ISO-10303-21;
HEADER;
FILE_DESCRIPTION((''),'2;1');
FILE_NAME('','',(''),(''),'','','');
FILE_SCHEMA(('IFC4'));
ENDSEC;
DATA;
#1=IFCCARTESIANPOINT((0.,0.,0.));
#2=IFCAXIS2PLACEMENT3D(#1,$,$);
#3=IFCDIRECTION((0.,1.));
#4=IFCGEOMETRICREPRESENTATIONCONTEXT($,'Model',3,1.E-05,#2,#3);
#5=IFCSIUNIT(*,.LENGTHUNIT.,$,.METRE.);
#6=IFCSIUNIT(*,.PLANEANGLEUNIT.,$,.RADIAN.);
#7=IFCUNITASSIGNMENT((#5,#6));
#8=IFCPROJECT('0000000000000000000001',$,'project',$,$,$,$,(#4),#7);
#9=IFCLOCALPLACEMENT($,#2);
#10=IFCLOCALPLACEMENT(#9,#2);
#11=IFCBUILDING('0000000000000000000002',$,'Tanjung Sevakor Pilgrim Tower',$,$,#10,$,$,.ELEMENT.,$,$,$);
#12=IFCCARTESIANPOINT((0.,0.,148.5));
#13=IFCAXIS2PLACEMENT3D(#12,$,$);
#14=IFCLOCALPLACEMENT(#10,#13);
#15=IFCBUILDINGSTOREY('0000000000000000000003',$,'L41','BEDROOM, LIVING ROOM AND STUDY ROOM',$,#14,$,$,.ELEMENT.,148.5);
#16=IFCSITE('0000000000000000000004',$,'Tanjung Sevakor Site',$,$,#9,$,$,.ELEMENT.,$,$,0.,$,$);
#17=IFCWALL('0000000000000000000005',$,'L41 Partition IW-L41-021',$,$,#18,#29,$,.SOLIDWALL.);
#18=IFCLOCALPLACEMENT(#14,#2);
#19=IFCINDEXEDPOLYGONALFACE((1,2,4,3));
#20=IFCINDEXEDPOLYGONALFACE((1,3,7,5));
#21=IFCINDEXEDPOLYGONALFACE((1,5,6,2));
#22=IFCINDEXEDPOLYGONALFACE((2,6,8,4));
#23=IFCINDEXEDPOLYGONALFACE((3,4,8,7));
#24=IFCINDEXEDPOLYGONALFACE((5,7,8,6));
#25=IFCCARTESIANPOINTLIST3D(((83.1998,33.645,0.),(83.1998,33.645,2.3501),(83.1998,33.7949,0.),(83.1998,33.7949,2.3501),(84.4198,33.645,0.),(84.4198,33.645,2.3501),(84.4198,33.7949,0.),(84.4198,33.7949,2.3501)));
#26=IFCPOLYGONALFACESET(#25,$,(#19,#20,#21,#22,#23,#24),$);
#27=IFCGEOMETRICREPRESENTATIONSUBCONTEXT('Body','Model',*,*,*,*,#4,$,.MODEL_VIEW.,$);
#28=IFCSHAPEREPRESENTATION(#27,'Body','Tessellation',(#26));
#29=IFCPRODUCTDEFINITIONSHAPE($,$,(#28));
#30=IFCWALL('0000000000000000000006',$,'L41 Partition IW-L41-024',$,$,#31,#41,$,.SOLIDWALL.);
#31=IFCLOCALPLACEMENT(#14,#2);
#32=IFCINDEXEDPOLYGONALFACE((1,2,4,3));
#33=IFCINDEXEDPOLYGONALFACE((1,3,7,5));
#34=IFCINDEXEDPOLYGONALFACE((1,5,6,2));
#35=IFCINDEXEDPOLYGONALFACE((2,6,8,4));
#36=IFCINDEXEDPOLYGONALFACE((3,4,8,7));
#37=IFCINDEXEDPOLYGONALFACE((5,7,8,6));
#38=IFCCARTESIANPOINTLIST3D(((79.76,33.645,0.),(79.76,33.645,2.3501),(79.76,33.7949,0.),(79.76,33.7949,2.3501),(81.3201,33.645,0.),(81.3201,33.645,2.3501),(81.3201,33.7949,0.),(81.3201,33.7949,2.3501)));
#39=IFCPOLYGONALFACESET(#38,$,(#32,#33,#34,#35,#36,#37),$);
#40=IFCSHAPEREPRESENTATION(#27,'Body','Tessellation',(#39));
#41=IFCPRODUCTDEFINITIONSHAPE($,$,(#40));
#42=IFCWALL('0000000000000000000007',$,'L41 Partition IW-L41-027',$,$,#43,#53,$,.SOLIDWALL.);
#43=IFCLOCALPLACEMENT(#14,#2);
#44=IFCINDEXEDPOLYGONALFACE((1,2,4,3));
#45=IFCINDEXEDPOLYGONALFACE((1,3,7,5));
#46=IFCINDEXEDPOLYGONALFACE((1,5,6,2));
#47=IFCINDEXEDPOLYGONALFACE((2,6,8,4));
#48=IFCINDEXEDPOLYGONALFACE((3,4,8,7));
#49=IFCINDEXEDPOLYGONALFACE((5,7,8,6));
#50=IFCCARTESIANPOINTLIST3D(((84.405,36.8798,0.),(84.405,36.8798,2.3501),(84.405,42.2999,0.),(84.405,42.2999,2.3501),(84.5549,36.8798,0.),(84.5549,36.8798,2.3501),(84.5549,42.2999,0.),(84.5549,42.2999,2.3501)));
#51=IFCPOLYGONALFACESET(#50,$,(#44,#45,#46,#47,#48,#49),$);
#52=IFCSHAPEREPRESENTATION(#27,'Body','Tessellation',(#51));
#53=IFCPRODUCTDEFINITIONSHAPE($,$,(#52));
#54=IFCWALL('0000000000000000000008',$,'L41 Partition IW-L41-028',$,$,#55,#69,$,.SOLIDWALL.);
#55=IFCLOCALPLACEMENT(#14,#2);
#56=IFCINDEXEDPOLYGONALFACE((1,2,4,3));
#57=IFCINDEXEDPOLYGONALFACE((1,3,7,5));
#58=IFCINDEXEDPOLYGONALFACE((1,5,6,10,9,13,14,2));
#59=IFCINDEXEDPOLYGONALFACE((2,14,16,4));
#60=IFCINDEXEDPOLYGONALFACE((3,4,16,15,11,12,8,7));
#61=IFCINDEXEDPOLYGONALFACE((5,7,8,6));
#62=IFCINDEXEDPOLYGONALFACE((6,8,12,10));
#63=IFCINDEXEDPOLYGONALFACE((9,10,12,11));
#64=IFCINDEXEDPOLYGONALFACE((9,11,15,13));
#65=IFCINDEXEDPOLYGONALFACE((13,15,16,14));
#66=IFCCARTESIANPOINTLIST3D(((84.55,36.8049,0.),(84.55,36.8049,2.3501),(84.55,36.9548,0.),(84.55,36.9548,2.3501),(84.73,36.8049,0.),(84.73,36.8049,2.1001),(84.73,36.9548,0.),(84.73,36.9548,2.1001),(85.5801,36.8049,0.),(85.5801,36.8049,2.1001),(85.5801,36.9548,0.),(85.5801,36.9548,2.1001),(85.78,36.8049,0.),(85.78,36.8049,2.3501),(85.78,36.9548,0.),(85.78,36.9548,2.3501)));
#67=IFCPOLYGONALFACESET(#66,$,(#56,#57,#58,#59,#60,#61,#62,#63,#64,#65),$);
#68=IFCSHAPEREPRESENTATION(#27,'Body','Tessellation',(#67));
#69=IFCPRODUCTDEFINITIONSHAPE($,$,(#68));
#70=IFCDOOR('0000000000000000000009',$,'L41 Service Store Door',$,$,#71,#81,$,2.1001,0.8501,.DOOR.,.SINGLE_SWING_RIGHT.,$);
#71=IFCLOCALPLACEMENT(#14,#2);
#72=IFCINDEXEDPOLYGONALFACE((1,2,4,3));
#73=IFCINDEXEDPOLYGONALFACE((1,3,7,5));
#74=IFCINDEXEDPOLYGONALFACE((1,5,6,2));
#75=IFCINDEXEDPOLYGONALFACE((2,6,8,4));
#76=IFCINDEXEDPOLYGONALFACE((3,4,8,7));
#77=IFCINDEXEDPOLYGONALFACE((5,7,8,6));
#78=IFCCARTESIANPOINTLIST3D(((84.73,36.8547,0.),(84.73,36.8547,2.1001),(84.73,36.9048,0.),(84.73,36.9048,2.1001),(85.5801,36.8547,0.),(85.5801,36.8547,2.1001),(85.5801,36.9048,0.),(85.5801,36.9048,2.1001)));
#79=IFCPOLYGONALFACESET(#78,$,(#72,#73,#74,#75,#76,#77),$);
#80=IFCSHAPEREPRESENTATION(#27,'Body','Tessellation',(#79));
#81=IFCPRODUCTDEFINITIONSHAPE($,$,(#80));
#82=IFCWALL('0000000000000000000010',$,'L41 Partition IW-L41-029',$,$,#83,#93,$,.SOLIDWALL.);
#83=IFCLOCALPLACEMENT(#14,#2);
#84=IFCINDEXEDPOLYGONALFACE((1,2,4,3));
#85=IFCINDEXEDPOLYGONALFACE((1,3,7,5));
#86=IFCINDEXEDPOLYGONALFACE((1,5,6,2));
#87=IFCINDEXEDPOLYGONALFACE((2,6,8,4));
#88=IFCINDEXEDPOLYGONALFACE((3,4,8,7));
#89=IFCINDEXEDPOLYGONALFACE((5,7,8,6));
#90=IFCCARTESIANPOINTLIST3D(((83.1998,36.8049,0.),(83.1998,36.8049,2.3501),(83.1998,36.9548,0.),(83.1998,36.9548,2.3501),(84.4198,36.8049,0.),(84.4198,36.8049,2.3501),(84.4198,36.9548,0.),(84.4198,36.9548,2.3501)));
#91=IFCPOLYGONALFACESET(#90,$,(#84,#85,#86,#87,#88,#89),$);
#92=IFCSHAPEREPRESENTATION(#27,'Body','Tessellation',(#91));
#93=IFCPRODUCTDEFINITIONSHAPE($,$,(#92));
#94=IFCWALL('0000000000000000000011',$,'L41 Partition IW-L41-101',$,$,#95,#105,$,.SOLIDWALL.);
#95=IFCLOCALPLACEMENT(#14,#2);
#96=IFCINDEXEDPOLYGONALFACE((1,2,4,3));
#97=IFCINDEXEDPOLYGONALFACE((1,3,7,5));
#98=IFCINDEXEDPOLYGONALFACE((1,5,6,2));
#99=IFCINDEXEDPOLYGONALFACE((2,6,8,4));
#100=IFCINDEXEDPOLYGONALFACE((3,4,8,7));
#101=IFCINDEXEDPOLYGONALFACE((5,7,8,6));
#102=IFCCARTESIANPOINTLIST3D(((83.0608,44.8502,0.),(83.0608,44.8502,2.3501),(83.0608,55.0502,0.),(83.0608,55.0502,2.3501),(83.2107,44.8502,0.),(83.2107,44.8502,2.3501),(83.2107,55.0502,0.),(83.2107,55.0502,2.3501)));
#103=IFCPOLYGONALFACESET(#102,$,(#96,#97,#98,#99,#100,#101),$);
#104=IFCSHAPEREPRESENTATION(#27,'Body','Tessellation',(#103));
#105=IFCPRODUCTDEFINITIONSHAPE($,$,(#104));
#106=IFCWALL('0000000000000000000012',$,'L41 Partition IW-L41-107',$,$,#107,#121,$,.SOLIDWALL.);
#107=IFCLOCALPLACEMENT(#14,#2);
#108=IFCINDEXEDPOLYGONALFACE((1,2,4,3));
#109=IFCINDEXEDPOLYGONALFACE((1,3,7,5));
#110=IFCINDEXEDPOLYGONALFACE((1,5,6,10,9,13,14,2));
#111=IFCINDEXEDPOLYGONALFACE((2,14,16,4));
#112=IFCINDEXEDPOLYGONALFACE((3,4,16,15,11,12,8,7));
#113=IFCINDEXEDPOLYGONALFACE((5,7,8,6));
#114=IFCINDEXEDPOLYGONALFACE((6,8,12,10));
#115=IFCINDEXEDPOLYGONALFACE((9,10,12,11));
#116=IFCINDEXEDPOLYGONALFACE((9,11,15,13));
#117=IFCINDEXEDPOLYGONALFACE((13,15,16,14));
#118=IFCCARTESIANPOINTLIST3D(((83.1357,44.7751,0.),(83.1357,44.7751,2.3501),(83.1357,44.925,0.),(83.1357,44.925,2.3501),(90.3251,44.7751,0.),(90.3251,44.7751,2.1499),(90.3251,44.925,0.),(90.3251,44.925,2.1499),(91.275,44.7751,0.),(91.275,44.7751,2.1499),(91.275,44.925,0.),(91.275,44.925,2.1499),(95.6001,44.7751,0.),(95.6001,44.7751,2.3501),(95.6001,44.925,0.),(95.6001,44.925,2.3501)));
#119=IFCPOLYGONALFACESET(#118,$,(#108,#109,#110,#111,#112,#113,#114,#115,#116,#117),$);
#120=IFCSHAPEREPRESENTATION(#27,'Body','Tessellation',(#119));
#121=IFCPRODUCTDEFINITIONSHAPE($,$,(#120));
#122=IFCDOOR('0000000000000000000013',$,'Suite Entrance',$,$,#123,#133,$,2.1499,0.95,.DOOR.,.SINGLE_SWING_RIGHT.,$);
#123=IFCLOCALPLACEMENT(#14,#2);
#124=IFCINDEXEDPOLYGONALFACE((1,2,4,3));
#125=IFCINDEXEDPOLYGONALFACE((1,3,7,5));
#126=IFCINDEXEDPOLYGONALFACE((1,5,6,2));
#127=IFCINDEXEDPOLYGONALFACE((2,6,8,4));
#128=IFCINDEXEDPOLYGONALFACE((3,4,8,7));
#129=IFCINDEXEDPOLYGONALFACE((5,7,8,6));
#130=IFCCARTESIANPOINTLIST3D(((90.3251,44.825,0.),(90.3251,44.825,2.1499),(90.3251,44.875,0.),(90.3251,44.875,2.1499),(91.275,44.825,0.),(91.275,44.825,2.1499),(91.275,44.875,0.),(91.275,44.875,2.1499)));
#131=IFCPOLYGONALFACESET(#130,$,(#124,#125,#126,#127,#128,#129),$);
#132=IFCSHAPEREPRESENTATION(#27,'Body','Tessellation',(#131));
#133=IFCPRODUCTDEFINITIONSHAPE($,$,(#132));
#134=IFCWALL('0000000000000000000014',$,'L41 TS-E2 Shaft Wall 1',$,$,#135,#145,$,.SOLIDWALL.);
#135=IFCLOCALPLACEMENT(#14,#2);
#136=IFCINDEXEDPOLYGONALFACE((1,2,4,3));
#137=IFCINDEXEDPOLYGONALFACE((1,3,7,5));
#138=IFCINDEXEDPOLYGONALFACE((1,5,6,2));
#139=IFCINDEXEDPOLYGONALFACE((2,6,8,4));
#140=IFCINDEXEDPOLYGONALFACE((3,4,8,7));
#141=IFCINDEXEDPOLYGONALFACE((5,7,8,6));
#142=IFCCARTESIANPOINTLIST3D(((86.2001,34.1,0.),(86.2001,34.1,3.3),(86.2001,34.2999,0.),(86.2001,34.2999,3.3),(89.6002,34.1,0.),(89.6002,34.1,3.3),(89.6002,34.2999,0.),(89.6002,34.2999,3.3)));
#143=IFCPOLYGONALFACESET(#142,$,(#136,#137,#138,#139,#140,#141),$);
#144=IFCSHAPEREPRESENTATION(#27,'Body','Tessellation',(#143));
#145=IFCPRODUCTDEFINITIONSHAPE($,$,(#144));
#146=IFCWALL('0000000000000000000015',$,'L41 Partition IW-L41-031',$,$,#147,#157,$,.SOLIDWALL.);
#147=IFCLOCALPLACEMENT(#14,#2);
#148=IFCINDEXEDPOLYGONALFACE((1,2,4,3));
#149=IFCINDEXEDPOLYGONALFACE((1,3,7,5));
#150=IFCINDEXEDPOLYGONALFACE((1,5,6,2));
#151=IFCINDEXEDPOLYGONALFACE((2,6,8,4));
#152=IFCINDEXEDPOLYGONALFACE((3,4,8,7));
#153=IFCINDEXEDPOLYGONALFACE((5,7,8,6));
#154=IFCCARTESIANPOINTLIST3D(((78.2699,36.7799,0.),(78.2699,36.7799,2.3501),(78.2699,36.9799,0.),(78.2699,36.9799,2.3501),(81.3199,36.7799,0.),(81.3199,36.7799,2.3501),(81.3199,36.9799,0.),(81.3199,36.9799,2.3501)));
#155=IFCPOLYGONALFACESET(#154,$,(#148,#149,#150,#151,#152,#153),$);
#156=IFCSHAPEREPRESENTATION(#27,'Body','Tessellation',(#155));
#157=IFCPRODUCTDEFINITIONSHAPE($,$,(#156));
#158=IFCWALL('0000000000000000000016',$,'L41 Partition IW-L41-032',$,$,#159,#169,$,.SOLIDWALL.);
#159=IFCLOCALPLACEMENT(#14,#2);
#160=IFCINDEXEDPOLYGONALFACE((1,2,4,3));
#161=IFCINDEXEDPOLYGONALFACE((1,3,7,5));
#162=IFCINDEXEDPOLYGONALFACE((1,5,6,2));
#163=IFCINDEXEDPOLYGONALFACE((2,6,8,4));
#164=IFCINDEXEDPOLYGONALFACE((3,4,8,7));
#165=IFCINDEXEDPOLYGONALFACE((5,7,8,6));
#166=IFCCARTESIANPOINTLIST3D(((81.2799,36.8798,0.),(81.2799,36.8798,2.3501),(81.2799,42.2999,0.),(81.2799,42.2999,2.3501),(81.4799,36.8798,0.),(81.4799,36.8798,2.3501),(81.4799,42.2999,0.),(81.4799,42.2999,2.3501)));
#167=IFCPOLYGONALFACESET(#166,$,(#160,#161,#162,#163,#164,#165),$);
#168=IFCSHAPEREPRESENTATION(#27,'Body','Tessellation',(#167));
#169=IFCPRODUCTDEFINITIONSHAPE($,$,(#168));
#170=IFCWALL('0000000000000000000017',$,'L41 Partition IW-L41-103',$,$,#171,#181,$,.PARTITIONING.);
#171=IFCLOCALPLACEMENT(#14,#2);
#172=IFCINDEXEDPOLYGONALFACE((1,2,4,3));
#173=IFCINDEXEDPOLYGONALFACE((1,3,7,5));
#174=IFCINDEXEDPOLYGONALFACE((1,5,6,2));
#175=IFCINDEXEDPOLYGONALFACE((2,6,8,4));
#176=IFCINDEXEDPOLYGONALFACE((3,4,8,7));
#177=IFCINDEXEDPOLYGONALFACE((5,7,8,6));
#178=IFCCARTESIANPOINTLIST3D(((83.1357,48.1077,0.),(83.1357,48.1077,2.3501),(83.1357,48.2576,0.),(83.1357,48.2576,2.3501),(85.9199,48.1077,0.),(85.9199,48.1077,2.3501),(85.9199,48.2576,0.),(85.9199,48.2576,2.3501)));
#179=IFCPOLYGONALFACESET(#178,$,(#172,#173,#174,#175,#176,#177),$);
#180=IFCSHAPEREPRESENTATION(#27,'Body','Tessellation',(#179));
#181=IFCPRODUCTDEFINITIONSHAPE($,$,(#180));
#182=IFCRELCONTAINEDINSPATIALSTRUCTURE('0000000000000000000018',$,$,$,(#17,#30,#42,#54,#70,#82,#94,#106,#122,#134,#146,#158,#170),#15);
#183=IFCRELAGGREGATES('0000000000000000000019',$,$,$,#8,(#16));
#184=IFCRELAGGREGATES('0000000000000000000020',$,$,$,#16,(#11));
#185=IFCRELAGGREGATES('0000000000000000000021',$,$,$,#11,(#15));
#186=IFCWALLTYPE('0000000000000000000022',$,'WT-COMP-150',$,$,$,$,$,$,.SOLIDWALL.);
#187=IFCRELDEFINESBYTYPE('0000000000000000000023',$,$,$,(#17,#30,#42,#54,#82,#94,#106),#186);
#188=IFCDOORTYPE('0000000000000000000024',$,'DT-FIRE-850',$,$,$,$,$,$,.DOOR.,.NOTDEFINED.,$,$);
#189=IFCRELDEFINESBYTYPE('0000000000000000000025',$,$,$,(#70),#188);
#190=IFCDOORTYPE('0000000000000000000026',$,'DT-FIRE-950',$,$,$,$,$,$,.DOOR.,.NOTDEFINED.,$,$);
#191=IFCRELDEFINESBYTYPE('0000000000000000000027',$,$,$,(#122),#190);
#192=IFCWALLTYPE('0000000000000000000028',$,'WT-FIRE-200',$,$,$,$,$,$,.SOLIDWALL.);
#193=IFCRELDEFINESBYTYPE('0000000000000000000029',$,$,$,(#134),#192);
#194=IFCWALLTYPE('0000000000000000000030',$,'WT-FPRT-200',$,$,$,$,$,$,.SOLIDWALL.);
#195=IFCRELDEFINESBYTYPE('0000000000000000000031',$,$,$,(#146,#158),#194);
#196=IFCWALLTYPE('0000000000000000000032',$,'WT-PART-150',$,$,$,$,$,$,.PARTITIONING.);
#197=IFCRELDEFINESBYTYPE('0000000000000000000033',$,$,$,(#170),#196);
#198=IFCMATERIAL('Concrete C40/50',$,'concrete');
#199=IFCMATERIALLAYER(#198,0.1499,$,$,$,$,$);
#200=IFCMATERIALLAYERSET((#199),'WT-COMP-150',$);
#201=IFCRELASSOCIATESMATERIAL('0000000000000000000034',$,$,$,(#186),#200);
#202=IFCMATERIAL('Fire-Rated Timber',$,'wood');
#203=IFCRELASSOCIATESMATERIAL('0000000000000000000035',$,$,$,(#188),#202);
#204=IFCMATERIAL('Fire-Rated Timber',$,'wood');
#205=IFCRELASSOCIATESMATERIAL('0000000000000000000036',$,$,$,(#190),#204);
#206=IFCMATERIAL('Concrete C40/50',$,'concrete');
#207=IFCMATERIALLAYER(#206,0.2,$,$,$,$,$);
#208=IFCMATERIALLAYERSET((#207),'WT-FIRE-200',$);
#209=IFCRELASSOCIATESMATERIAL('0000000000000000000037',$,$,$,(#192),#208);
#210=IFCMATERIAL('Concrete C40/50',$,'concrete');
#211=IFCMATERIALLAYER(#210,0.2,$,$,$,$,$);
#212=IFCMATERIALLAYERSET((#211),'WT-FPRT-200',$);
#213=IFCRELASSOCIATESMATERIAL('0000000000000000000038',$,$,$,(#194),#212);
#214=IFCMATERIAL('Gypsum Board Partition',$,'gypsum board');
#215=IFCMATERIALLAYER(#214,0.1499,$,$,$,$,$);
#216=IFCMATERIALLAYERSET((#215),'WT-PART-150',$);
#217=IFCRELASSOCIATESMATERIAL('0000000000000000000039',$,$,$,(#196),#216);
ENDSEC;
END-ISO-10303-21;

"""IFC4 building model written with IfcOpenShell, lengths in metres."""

from ifc_helpers import new_model, si_unit, direction, frame, frame_2d, origin, place, context, subcontext, project, spatial, rectangle, extrude, material, layer, layer_set, type_object, element, fill, save


model = new_model("IFC4")

# Units and contexts
model_context = context("Model", 3, precision=1e-05, world=origin(), true_north=direction((0.0, 1.0)))
body_context = subcontext(model_context, "Body", "Model", "MODEL_VIEW")
ifc_project = project(units=[si_unit("LENGTHUNIT", "METRE"), si_unit("PLANEANGLEUNIT", "RADIAN")], contexts=[model_context])

# Site, building, storey
site_placement = place(None, origin())
site = spatial("IfcSite", under=ifc_project, at=site_placement, Name="Tanjung Sevakor Site", CompositionType="ELEMENT", RefElevation=0.0)
building_placement = place(site_placement, origin())
building = spatial("IfcBuilding", under=site, at=building_placement, Name="Tanjung Sevakor Pilgrim Tower", CompositionType="ELEMENT")
storey_placement = place(building_placement, frame((0.0, 0.0, 148.5)))
storey = spatial("IfcBuildingStorey", under=building, at=storey_placement, Name="L41", Description="BEDROOM, LIVING ROOM AND STUDY ROOM", CompositionType="ELEMENT", Elevation=148.5)

# Shared definitions
ifc_material_1 = material(Name="Concrete C40/50", Category="concrete")
ifc_layer_1 = layer(ifc_material_1, 0.1499)
ifc_layer_set_1 = layer_set([ifc_layer_1], Name="WT-COMP-150")
wall_type_1 = type_object("IfcWallType", Name="WT-COMP-150", PredefinedType="SOLIDWALL", material=ifc_layer_set_1)
ifc_material_2 = material(Name="Fire-Rated Timber", Category="wood")
door_type_1 = type_object("IfcDoorType", Name="DT-FIRE-850", OperationType="NOTDEFINED", PredefinedType="DOOR", material=ifc_material_2)

# Walls
wall_1_placement = place(storey_placement, frame((83.2, 33.72, 0.0), z_axis=(0.0, 0.0, 1.0), x_axis=(1.0, 0.0, 0.0)))
element("IfcWall", 1, at=wall_1_placement, inside=storey, type_object=wall_type_1, Name="L41 Partition IW-L41-021", PredefinedType="SOLIDWALL", context=body_context, shape_type="SweptSolid", body=[
    extrude(rectangle(XDim=1.22, YDim=0.1499, at=frame_2d((0.6099, 0.0))), origin(), (0.0, 0.0, 1.0), 2.3501),
])
wall_2_placement = place(storey_placement, frame((79.76, 33.72, 0.0), z_axis=(0.0, 0.0, 1.0), x_axis=(1.0, 0.0, 0.0)))
element("IfcWall", 2, at=wall_2_placement, inside=storey, type_object=wall_type_1, Name="L41 Partition IW-L41-024", PredefinedType="SOLIDWALL", context=body_context, shape_type="SweptSolid", body=[
    extrude(rectangle(XDim=1.5601, YDim=0.1499, at=frame_2d((0.78, 0.0))), origin(), (0.0, 0.0, 1.0), 2.3501),
])
wall_3_placement = place(storey_placement, frame((84.48, 36.8799, 0.0), z_axis=(0.0, 0.0, 1.0), x_axis=(0.0, 1.0, 0.0)))
element("IfcWall", 3, at=wall_3_placement, inside=storey, type_object=wall_type_1, Name="L41 Partition IW-L41-027", PredefinedType="SOLIDWALL", context=body_context, shape_type="SweptSolid", body=[
    extrude(rectangle(XDim=5.4202, YDim=0.1499, at=frame_2d((2.71, 0.0))), origin(), (0.0, 0.0, 1.0), 2.3501),
])

# Wall, opening, door
wall_4_placement = place(storey_placement, frame((84.55, 36.8799, 0.0), z_axis=(0.0, 0.0, 1.0), x_axis=(1.0, 0.0, 0.0)))
wall_4 = element("IfcWall", 4, at=wall_4_placement, inside=storey, type_object=wall_type_1, Name="L41 Partition IW-L41-028", PredefinedType="SOLIDWALL", context=body_context, shape_type="SweptSolid", body=[
    extrude(rectangle(XDim=1.23, YDim=0.1499, at=frame_2d((0.615, 0.0))), origin(), (0.0, 0.0, 1.0), 2.3501),
])
opening_1_placement = place(wall_4_placement, frame((0.1799, 0.0, 0.0)))
opening_1 = element("IfcOpeningElement", 5, at=opening_1_placement, cuts=wall_4, PredefinedType="OPENING", context=body_context, shape_type="SweptSolid", body=[
    extrude(rectangle(XDim=0.8501, YDim=2.1001, at=frame_2d((0.425, 1.05))), frame((0.0, 0.085, 0.0), z_axis=(0.0, -1.0, 0.0), x_axis=(1.0, 0.0, 0.0)), (0.0, 0.0, 1.0), 0.1699),
])
door_1_placement = place(opening_1_placement, origin())
door_1 = element("IfcDoor", 6, at=door_1_placement, inside=storey, type_object=door_type_1, Name="L41 Service Store Door", OperationType="SINGLE_SWING_RIGHT", OverallHeight=2.1001, OverallWidth=0.8501, PredefinedType="DOOR", context=body_context, shape_type="SweptSolid", body=[
    extrude(rectangle(XDim=0.8501, YDim=2.1001, at=frame_2d((0.425, 1.05))), frame((0.0, 0.0249, 0.0), z_axis=(0.0, -1.0, 0.0), x_axis=(1.0, 0.0, 0.0)), (0.0, 0.0, 1.0), 0.05),
])
fill(opening_1, door_1)

# Wall
wall_5_placement = place(storey_placement, frame((83.2, 36.8799, 0.0), z_axis=(0.0, 0.0, 1.0), x_axis=(1.0, 0.0, 0.0)))
element("IfcWall", 7, at=wall_5_placement, inside=storey, type_object=wall_type_1, Name="L41 Partition IW-L41-029", PredefinedType="SOLIDWALL", context=body_context, shape_type="SweptSolid", body=[
    extrude(rectangle(XDim=1.22, YDim=0.1499, at=frame_2d((0.6099, 0.0))), origin(), (0.0, 0.0, 1.0), 2.3501),
])

# Shared definitions
ifc_material_3 = material(Name="Fire-Rated Timber", Category="wood")
door_type_2 = type_object("IfcDoorType", Name="DT-FIRE-950", OperationType="NOTDEFINED", PredefinedType="DOOR", material=ifc_material_3)

# Wall
wall_6_placement = place(storey_placement, frame((83.1357, 44.8501, 0.0), z_axis=(0.0, 0.0, 1.0), x_axis=(0.0, 1.0, 0.0)))
element("IfcWall", 8, at=wall_6_placement, inside=storey, type_object=wall_type_1, Name="L41 Partition IW-L41-101", PredefinedType="SOLIDWALL", context=body_context, shape_type="SweptSolid", body=[
    extrude(rectangle(XDim=10.2, YDim=0.1499, at=frame_2d((5.1001, 0.0))), origin(), (0.0, 0.0, 1.0), 2.3501),
])

# Wall, opening, door
wall_7_placement = place(storey_placement, frame((83.1357, 44.8501, 0.0), z_axis=(0.0, 0.0, 1.0), x_axis=(1.0, 0.0, 0.0)))
wall_7 = element("IfcWall", 9, at=wall_7_placement, inside=storey, type_object=wall_type_1, Name="L41 Partition IW-L41-107", PredefinedType="SOLIDWALL", context=body_context, shape_type="SweptSolid", body=[
    extrude(rectangle(XDim=12.4644, YDim=0.1499, at=frame_2d((6.2322, 0.0))), origin(), (0.0, 0.0, 1.0), 2.3501),
])
opening_2_placement = place(wall_7_placement, frame((7.1892, 0.0, 0.0)))
opening_2 = element("IfcOpeningElement", 10, at=opening_2_placement, cuts=wall_7, PredefinedType="OPENING", context=body_context, shape_type="SweptSolid", body=[
    extrude(rectangle(XDim=0.95, YDim=2.1499, at=frame_2d((0.4751, 1.075))), frame((0.0, 0.085, 0.0), z_axis=(0.0, -1.0, 0.0), x_axis=(1.0, 0.0, 0.0)), (0.0, 0.0, 1.0), 0.1699),
])
door_2_placement = place(opening_2_placement, origin())
door_2 = element("IfcDoor", 11, at=door_2_placement, inside=storey, type_object=door_type_2, Name="Suite Entrance", OperationType="SINGLE_SWING_RIGHT", OverallHeight=2.1499, OverallWidth=0.95, PredefinedType="DOOR", context=body_context, shape_type="SweptSolid", body=[
    extrude(rectangle(XDim=0.95, YDim=2.1499, at=frame_2d((0.4751, 1.075))), frame((0.0, 0.0249, 0.0), z_axis=(0.0, -1.0, 0.0), x_axis=(1.0, 0.0, 0.0)), (0.0, 0.0, 1.0), 0.05),
])
fill(opening_2, door_2)

# Walls
ifc_material_4 = material(Name="Concrete C40/50", Category="concrete")
ifc_layer_2 = layer(ifc_material_4, 0.2)
ifc_layer_set_2 = layer_set([ifc_layer_2], Name="WT-FIRE-200")
wall_type_2 = type_object("IfcWallType", Name="WT-FIRE-200", PredefinedType="SOLIDWALL", material=ifc_layer_set_2)
wall_8_placement = place(storey_placement, frame((86.2, 34.2, 0.0), z_axis=(0.0, 0.0, 1.0), x_axis=(1.0, 0.0, 0.0)))
element("IfcWall", 12, at=wall_8_placement, inside=storey, type_object=wall_type_2, Name="L41 TS-E2 Shaft Wall 1", PredefinedType="SOLIDWALL", context=body_context, shape_type="SweptSolid", body=[
    extrude(rectangle(XDim=3.4001, YDim=0.2, at=frame_2d((1.7002, 0.0))), origin(), (0.0, 0.0, 1.0), 3.3),
])
ifc_material_5 = material(Name="Concrete C40/50", Category="concrete")
ifc_layer_3 = layer(ifc_material_5, 0.2)
ifc_layer_set_3 = layer_set([ifc_layer_3], Name="WT-FPRT-200")
wall_type_3 = type_object("IfcWallType", Name="WT-FPRT-200", PredefinedType="SOLIDWALL", material=ifc_layer_set_3)
wall_9_placement = place(storey_placement, frame((78.27, 36.8799, 0.0), z_axis=(0.0, 0.0, 1.0), x_axis=(1.0, 0.0, 0.0)))
element("IfcWall", 13, at=wall_9_placement, inside=storey, type_object=wall_type_3, Name="L41 Partition IW-L41-031", PredefinedType="SOLIDWALL", context=body_context, shape_type="SweptSolid", body=[
    extrude(rectangle(XDim=3.05, YDim=0.2, at=frame_2d((1.5249, 0.0))), origin(), (0.0, 0.0, 1.0), 2.3501),
])
wall_10_placement = place(storey_placement, frame((81.3799, 36.8799, 0.0), z_axis=(0.0, 0.0, 1.0), x_axis=(0.0, 1.0, 0.0)))
element("IfcWall", 14, at=wall_10_placement, inside=storey, type_object=wall_type_3, Name="L41 Partition IW-L41-032", PredefinedType="SOLIDWALL", context=body_context, shape_type="SweptSolid", body=[
    extrude(rectangle(XDim=5.4202, YDim=0.2, at=frame_2d((2.71, 0.0))), origin(), (0.0, 0.0, 1.0), 2.3501),
])
ifc_material_6 = material(Name="Gypsum Board Partition", Category="gypsum board")
ifc_layer_4 = layer(ifc_material_6, 0.1499)
ifc_layer_set_4 = layer_set([ifc_layer_4], Name="WT-PART-150")
wall_type_4 = type_object("IfcWallType", Name="WT-PART-150", PredefinedType="PARTITIONING", material=ifc_layer_set_4)
wall_11_placement = place(storey_placement, frame((83.1357, 48.1826, 0.0), z_axis=(0.0, 0.0, 1.0), x_axis=(1.0, 0.0, 0.0)))
element("IfcWall", 15, at=wall_11_placement, inside=storey, type_object=wall_type_4, Name="L41 Partition IW-L41-103", PredefinedType="PARTITIONING", context=body_context, shape_type="SweptSolid", body=[
    extrude(rectangle(XDim=2.7842, YDim=0.1499, at=frame_2d((1.3921, 0.0))), origin(), (0.0, 0.0, 1.0), 2.3501),
])

save(model, "model.ifc")
